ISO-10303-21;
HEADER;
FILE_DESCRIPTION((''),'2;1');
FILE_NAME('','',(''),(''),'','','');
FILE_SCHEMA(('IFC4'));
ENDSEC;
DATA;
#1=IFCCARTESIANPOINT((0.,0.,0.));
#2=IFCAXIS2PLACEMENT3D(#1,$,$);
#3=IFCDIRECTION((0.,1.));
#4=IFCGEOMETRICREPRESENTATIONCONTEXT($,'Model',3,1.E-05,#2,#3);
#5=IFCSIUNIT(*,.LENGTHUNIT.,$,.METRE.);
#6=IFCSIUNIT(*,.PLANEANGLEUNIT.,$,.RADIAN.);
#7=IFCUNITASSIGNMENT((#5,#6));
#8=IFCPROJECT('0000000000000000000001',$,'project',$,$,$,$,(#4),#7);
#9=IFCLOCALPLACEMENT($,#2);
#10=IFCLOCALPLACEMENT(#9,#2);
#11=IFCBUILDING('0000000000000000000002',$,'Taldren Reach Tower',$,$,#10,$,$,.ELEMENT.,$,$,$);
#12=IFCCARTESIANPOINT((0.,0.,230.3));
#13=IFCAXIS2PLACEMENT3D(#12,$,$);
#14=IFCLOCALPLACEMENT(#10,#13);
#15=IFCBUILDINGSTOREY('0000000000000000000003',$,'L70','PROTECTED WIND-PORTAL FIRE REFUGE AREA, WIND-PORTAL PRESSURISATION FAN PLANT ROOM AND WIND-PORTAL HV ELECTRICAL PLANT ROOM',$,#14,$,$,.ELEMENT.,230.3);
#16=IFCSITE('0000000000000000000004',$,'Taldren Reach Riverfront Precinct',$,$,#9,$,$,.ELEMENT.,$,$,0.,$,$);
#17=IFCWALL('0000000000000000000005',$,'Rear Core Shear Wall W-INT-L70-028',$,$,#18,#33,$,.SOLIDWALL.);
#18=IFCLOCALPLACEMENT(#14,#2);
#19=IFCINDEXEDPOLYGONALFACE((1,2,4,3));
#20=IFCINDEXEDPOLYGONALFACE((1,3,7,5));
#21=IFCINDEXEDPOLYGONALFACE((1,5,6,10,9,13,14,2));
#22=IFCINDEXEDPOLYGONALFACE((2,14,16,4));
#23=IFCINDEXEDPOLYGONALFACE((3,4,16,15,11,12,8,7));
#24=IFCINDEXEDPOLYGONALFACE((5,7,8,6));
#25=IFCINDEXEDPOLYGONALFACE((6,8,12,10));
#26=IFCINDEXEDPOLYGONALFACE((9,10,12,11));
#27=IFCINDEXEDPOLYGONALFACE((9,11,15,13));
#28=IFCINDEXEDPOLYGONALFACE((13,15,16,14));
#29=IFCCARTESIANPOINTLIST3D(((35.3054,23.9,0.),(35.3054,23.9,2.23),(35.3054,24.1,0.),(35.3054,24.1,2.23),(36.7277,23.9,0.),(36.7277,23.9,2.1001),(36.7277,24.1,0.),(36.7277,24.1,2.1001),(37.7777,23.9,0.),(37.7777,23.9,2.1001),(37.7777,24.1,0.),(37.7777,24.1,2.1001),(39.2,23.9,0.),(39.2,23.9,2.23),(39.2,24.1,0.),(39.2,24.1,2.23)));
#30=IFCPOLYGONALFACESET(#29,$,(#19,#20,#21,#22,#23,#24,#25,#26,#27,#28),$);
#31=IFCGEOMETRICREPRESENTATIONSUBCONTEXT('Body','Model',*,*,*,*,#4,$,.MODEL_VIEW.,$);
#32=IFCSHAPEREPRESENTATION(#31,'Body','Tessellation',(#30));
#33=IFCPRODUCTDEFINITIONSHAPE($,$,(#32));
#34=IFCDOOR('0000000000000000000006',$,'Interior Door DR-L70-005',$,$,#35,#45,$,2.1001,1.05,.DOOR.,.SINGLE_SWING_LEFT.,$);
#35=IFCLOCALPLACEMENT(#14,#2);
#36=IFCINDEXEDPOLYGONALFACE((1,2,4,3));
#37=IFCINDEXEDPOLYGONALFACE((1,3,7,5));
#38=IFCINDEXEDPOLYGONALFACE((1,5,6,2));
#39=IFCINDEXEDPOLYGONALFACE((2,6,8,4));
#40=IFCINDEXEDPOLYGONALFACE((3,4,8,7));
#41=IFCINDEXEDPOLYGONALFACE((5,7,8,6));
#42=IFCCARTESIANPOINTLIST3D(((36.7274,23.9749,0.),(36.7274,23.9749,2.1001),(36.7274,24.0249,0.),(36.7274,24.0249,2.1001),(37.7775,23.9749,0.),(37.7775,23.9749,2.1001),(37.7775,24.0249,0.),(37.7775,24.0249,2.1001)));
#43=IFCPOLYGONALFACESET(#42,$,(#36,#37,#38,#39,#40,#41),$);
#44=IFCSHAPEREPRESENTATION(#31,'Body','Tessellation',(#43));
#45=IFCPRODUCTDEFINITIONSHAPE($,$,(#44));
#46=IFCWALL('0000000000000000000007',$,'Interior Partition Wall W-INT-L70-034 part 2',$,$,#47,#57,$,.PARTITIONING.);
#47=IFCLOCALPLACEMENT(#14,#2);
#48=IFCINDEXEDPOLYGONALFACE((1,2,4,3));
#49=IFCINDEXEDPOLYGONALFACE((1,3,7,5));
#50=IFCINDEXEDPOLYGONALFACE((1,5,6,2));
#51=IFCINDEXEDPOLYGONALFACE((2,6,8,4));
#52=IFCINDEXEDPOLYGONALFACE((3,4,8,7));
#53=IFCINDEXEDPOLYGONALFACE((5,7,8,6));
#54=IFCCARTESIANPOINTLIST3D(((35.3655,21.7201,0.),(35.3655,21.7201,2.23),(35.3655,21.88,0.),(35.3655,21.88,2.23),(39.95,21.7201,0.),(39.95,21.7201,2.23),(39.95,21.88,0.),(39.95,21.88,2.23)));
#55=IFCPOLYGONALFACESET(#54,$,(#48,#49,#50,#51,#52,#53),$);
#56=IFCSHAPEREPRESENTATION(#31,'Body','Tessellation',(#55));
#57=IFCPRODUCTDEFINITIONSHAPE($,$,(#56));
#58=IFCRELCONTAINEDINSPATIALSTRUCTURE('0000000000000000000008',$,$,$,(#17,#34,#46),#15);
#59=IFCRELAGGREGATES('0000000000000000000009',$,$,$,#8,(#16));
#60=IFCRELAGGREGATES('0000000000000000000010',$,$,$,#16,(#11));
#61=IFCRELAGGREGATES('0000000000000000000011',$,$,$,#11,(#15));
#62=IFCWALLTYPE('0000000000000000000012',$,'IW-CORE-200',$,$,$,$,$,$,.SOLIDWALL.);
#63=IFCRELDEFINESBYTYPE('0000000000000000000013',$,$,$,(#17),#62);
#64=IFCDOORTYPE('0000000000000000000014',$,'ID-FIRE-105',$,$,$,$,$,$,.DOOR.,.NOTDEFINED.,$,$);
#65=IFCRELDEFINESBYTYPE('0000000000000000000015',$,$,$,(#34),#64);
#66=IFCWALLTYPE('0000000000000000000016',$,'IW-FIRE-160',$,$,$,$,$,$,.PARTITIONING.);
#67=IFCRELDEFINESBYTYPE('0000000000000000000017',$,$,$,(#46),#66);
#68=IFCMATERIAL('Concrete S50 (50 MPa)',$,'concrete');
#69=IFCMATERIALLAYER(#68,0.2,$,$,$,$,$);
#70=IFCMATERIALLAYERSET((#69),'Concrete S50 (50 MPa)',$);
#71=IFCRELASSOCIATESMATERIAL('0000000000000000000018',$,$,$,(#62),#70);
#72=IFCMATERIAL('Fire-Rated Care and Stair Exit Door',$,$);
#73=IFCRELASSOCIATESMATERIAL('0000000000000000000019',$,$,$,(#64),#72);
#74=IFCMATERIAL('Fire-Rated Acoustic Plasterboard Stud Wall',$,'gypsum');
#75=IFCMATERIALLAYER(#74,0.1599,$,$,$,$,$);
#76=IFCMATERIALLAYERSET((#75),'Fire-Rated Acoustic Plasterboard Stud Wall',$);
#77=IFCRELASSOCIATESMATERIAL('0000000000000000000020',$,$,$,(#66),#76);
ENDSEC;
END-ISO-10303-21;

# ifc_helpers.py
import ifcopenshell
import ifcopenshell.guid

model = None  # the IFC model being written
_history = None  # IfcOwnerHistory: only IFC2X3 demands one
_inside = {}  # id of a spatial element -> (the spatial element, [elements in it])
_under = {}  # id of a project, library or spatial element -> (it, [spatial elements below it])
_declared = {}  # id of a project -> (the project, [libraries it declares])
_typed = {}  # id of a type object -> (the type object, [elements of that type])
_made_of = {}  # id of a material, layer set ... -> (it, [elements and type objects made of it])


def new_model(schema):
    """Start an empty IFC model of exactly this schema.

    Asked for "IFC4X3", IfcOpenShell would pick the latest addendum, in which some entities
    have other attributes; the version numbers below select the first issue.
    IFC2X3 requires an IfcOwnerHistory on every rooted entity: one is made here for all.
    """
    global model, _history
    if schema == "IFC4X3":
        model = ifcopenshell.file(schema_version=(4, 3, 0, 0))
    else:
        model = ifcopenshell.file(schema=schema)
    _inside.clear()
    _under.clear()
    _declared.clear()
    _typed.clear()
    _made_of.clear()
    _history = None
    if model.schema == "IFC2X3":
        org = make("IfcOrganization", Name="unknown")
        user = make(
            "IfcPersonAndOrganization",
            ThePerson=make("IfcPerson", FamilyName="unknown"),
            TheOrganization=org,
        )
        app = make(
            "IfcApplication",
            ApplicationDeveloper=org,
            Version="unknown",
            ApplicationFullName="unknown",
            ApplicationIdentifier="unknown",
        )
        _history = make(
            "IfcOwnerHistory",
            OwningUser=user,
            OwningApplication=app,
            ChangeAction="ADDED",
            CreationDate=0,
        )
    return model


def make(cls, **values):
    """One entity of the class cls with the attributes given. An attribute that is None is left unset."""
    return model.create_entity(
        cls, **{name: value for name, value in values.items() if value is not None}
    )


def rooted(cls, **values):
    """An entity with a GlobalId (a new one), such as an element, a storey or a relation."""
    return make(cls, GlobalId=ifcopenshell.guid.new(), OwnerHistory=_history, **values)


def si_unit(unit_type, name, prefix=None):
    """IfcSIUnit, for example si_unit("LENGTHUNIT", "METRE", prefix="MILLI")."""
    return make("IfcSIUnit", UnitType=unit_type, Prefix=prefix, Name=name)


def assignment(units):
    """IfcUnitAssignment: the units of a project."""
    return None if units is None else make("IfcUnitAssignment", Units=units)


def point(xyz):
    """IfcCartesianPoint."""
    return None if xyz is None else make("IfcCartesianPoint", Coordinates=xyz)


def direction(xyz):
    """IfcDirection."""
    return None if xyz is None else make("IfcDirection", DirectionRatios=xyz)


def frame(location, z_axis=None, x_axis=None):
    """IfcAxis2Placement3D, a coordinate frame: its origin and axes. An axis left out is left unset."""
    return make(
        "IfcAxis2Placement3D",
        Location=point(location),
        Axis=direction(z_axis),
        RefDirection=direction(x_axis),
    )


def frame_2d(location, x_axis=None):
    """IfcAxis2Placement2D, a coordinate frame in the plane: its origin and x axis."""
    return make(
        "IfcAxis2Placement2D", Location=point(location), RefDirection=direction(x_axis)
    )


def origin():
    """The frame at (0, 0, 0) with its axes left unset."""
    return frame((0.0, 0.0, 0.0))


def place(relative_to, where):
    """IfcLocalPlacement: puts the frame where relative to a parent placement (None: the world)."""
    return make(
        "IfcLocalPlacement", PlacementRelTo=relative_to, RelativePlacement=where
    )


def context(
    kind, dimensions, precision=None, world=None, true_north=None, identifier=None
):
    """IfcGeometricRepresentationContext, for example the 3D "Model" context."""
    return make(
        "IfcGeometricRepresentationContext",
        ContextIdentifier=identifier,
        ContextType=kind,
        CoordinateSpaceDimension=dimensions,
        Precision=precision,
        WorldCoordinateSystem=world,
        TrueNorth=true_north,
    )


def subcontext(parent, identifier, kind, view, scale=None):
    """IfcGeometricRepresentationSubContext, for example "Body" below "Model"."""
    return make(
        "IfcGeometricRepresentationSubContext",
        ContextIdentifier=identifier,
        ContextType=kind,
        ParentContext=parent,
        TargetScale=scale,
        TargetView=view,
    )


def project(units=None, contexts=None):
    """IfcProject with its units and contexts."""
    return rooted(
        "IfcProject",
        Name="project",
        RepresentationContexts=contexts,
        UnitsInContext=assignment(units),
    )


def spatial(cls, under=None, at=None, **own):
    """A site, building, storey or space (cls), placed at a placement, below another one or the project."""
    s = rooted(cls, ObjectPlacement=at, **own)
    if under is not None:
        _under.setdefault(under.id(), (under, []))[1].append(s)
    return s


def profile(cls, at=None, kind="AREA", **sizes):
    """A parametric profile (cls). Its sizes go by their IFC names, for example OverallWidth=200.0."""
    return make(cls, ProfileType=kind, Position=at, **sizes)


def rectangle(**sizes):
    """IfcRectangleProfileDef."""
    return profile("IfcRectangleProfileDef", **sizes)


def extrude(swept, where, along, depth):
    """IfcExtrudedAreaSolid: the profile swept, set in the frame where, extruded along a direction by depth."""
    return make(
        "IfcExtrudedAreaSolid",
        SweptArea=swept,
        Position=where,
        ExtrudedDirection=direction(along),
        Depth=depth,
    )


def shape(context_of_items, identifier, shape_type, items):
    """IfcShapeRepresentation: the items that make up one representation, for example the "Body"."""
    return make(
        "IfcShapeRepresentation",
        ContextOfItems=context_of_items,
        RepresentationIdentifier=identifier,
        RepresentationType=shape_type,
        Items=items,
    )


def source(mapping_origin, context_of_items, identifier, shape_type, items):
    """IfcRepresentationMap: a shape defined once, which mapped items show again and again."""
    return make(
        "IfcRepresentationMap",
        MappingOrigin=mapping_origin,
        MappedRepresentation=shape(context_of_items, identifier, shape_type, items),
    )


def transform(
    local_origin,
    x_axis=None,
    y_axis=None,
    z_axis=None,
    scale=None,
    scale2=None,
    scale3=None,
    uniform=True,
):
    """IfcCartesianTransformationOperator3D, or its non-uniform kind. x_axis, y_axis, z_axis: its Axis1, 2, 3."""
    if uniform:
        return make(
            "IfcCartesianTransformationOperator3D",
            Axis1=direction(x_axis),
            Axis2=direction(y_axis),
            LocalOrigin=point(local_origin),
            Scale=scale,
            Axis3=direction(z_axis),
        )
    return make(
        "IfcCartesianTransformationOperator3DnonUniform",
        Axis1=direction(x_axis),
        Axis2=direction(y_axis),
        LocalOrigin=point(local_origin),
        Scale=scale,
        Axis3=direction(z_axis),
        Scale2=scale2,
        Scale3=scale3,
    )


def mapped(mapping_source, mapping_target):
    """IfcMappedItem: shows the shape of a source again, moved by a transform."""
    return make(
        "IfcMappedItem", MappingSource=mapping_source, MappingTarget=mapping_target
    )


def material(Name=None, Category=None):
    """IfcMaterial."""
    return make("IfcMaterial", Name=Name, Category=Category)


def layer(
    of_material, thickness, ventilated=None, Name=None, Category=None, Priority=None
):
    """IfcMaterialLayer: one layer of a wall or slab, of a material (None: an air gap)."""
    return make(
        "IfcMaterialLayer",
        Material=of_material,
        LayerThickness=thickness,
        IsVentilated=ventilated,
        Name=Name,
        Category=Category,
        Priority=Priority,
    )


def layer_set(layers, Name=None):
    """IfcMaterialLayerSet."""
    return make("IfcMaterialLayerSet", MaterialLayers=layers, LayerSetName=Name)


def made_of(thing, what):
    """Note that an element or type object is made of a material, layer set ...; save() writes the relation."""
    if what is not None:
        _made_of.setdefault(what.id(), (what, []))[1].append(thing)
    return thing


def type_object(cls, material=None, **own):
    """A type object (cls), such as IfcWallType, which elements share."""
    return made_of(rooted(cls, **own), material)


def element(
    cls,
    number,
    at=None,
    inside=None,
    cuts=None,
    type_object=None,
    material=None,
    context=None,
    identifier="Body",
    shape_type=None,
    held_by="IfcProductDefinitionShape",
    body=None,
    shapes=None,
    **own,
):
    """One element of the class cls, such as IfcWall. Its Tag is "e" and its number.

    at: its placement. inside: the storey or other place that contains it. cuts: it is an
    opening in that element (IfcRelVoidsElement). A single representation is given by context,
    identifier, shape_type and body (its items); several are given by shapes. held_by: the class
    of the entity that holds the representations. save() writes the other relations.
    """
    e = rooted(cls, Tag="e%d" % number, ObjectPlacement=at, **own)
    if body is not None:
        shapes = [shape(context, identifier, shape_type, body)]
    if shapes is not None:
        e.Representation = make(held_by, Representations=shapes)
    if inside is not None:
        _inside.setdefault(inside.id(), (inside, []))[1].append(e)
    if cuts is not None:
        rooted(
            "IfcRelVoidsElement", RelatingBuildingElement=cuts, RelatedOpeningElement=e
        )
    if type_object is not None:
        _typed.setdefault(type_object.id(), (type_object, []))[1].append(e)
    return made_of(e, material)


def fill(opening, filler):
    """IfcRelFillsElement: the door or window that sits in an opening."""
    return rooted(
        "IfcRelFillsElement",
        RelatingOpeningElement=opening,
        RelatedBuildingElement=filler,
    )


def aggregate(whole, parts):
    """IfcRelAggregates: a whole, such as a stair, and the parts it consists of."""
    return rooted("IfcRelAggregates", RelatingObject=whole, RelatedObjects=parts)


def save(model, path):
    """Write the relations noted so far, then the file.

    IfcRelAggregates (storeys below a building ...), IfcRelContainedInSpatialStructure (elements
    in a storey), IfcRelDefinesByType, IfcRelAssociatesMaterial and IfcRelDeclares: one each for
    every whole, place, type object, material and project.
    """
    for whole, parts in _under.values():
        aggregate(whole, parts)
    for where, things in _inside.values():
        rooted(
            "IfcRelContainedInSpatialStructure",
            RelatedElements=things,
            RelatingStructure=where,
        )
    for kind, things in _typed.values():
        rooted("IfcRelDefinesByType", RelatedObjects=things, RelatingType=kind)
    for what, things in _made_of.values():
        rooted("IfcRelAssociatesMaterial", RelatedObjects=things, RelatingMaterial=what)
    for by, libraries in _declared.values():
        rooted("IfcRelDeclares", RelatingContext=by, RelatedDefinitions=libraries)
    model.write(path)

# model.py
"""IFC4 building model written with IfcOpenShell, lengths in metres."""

from ifc_helpers import new_model, si_unit, direction, frame, frame_2d, origin, place, context, subcontext, project, spatial, rectangle, extrude, source, transform, mapped, material, layer, layer_set, type_object, element, fill, save


model = new_model("IFC4")

# Units and contexts
model_context = context("Model", 3, precision=1e-05, world=origin(), true_north=direction((0.0, 1.0)))
body_context = subcontext(model_context, "Body", "Model", "MODEL_VIEW")
ifc_project = project(units=[si_unit("LENGTHUNIT", "METRE"), si_unit("PLANEANGLEUNIT", "RADIAN")], contexts=[model_context])

# Site, building, storey
site_placement = place(None, origin())
site = spatial("IfcSite", under=ifc_project, at=site_placement, Name="Taldren Reach Riverfront Precinct", CompositionType="ELEMENT", RefElevation=0.0)
building_placement = place(site_placement, origin())
building = spatial("IfcBuilding", under=site, at=building_placement, Name="Taldren Reach Tower", CompositionType="ELEMENT")
storey_placement = place(building_placement, frame((0.0, 0.0, 230.3)))
storey = spatial("IfcBuildingStorey", under=building, at=storey_placement, Name="L70", Description="PROTECTED WIND-PORTAL FIRE REFUGE AREA, WIND-PORTAL PRESSURISATION FAN PLANT ROOM AND WIND-PORTAL HV ELECTRICAL PLANT ROOM", CompositionType="ELEMENT", Elevation=230.3)

# Wall, opening, door
ifc_material_1 = material(Name="Concrete S50 (50 MPa)", Category="concrete")
ifc_layer_1 = layer(ifc_material_1, 0.2)
ifc_layer_set_1 = layer_set([ifc_layer_1], Name="Concrete S50 (50 MPa)")
wall_type_1 = type_object("IfcWallType", Name="IW-CORE-200", PredefinedType="SOLIDWALL", material=ifc_layer_set_1)
shared_shape_1 = source(origin(), body_context, "Body", "SweptSolid", [
    extrude(rectangle(XDim=3.8945, YDim=0.2, at=frame_2d((1.9473, 0.0))), origin(), (0.0, 0.0, 1.0), 2.23),
])
wall_1_placement = place(storey_placement, frame((39.2, 24.0, 0.0), z_axis=(0.0, 0.0, 1.0), x_axis=(-1.0, 0.0, 0.0)))
wall_1 = element("IfcWall", 1, at=wall_1_placement, inside=storey, type_object=wall_type_1, Name="Rear Core Shear Wall W-INT-L70-028", PredefinedType="SOLIDWALL", context=body_context, shape_type="MappedRepresentation", body=[
    mapped(shared_shape_1, transform((0.0, 0.0, 0.0), scale=1.0)),
])
shared_shape_2 = source(origin(), body_context, "Body", "SweptSolid", [
    extrude(rectangle(XDim=1.05, YDim=2.1001, at=frame_2d((0.5249, 1.05))), frame((0.0, 0.1099, 0.0), z_axis=(0.0, -1.0, 0.0), x_axis=(1.0, 0.0, 0.0)), (0.0, 0.0, 1.0), 0.22),
])
opening_placement = place(wall_1_placement, frame((1.4224, 0.0, 0.0)))
opening = element("IfcOpeningElement", 2, at=opening_placement, cuts=wall_1, PredefinedType="OPENING", context=body_context, shape_type="MappedRepresentation", body=[
    mapped(shared_shape_2, transform((0.0, 0.0, 0.0), scale=1.0)),
])
ifc_material_2 = material(Name="Fire-Rated Care and Stair Exit Door")
door_type = type_object("IfcDoorType", Name="ID-FIRE-105", OperationType="NOTDEFINED", PredefinedType="DOOR", material=ifc_material_2)
shared_shape_3 = source(origin(), body_context, "Body", "SweptSolid", [
    extrude(rectangle(XDim=1.05, YDim=2.1001, at=frame_2d((0.5249, 1.05))), frame((0.0, 0.0249, 0.0), z_axis=(0.0, -1.0, 0.0), x_axis=(1.0, 0.0, 0.0)), (0.0, 0.0, 1.0), 0.05),
])
door_placement = place(opening_placement, frame((1.05, 0.0, 0.0), z_axis=(0.0, 0.0, 1.0), x_axis=(-1.0, 0.0, 0.0)))
door = element("IfcDoor", 3, at=door_placement, inside=storey, type_object=door_type, Name="Interior Door DR-L70-005", OperationType="SINGLE_SWING_LEFT", OverallHeight=2.1001, OverallWidth=1.05, PredefinedType="DOOR", context=body_context, shape_type="MappedRepresentation", body=[
    mapped(shared_shape_3, transform((0.0, 0.0, 0.0), scale=1.0)),
])
fill(opening, door)

# Wall
ifc_material_3 = material(Name="Fire-Rated Acoustic Plasterboard Stud Wall", Category="gypsum")
ifc_layer_2 = layer(ifc_material_3, 0.1599)
ifc_layer_set_2 = layer_set([ifc_layer_2], Name="Fire-Rated Acoustic Plasterboard Stud Wall")
wall_type_2 = type_object("IfcWallType", Name="IW-FIRE-160", PredefinedType="PARTITIONING", material=ifc_layer_set_2)
shared_shape_4 = source(origin(), body_context, "Body", "SweptSolid", [
    extrude(rectangle(XDim=4.5845, YDim=0.1599, at=frame_2d((2.2922, 0.0))), origin(), (0.0, 0.0, 1.0), 2.23),
])
wall_2_placement = place(storey_placement, frame((39.95, 21.8, 0.0), z_axis=(0.0, 0.0, 1.0), x_axis=(-1.0, 0.0, 0.0)))
element("IfcWall", 4, at=wall_2_placement, inside=storey, type_object=wall_type_2, Name="Interior Partition Wall W-INT-L70-034 part 2", PredefinedType="PARTITIONING", context=body_context, shape_type="MappedRepresentation", body=[
    mapped(shared_shape_4, transform((0.0, 0.0, 0.0), scale=1.0)),
])

save(model, "model.ifc")
